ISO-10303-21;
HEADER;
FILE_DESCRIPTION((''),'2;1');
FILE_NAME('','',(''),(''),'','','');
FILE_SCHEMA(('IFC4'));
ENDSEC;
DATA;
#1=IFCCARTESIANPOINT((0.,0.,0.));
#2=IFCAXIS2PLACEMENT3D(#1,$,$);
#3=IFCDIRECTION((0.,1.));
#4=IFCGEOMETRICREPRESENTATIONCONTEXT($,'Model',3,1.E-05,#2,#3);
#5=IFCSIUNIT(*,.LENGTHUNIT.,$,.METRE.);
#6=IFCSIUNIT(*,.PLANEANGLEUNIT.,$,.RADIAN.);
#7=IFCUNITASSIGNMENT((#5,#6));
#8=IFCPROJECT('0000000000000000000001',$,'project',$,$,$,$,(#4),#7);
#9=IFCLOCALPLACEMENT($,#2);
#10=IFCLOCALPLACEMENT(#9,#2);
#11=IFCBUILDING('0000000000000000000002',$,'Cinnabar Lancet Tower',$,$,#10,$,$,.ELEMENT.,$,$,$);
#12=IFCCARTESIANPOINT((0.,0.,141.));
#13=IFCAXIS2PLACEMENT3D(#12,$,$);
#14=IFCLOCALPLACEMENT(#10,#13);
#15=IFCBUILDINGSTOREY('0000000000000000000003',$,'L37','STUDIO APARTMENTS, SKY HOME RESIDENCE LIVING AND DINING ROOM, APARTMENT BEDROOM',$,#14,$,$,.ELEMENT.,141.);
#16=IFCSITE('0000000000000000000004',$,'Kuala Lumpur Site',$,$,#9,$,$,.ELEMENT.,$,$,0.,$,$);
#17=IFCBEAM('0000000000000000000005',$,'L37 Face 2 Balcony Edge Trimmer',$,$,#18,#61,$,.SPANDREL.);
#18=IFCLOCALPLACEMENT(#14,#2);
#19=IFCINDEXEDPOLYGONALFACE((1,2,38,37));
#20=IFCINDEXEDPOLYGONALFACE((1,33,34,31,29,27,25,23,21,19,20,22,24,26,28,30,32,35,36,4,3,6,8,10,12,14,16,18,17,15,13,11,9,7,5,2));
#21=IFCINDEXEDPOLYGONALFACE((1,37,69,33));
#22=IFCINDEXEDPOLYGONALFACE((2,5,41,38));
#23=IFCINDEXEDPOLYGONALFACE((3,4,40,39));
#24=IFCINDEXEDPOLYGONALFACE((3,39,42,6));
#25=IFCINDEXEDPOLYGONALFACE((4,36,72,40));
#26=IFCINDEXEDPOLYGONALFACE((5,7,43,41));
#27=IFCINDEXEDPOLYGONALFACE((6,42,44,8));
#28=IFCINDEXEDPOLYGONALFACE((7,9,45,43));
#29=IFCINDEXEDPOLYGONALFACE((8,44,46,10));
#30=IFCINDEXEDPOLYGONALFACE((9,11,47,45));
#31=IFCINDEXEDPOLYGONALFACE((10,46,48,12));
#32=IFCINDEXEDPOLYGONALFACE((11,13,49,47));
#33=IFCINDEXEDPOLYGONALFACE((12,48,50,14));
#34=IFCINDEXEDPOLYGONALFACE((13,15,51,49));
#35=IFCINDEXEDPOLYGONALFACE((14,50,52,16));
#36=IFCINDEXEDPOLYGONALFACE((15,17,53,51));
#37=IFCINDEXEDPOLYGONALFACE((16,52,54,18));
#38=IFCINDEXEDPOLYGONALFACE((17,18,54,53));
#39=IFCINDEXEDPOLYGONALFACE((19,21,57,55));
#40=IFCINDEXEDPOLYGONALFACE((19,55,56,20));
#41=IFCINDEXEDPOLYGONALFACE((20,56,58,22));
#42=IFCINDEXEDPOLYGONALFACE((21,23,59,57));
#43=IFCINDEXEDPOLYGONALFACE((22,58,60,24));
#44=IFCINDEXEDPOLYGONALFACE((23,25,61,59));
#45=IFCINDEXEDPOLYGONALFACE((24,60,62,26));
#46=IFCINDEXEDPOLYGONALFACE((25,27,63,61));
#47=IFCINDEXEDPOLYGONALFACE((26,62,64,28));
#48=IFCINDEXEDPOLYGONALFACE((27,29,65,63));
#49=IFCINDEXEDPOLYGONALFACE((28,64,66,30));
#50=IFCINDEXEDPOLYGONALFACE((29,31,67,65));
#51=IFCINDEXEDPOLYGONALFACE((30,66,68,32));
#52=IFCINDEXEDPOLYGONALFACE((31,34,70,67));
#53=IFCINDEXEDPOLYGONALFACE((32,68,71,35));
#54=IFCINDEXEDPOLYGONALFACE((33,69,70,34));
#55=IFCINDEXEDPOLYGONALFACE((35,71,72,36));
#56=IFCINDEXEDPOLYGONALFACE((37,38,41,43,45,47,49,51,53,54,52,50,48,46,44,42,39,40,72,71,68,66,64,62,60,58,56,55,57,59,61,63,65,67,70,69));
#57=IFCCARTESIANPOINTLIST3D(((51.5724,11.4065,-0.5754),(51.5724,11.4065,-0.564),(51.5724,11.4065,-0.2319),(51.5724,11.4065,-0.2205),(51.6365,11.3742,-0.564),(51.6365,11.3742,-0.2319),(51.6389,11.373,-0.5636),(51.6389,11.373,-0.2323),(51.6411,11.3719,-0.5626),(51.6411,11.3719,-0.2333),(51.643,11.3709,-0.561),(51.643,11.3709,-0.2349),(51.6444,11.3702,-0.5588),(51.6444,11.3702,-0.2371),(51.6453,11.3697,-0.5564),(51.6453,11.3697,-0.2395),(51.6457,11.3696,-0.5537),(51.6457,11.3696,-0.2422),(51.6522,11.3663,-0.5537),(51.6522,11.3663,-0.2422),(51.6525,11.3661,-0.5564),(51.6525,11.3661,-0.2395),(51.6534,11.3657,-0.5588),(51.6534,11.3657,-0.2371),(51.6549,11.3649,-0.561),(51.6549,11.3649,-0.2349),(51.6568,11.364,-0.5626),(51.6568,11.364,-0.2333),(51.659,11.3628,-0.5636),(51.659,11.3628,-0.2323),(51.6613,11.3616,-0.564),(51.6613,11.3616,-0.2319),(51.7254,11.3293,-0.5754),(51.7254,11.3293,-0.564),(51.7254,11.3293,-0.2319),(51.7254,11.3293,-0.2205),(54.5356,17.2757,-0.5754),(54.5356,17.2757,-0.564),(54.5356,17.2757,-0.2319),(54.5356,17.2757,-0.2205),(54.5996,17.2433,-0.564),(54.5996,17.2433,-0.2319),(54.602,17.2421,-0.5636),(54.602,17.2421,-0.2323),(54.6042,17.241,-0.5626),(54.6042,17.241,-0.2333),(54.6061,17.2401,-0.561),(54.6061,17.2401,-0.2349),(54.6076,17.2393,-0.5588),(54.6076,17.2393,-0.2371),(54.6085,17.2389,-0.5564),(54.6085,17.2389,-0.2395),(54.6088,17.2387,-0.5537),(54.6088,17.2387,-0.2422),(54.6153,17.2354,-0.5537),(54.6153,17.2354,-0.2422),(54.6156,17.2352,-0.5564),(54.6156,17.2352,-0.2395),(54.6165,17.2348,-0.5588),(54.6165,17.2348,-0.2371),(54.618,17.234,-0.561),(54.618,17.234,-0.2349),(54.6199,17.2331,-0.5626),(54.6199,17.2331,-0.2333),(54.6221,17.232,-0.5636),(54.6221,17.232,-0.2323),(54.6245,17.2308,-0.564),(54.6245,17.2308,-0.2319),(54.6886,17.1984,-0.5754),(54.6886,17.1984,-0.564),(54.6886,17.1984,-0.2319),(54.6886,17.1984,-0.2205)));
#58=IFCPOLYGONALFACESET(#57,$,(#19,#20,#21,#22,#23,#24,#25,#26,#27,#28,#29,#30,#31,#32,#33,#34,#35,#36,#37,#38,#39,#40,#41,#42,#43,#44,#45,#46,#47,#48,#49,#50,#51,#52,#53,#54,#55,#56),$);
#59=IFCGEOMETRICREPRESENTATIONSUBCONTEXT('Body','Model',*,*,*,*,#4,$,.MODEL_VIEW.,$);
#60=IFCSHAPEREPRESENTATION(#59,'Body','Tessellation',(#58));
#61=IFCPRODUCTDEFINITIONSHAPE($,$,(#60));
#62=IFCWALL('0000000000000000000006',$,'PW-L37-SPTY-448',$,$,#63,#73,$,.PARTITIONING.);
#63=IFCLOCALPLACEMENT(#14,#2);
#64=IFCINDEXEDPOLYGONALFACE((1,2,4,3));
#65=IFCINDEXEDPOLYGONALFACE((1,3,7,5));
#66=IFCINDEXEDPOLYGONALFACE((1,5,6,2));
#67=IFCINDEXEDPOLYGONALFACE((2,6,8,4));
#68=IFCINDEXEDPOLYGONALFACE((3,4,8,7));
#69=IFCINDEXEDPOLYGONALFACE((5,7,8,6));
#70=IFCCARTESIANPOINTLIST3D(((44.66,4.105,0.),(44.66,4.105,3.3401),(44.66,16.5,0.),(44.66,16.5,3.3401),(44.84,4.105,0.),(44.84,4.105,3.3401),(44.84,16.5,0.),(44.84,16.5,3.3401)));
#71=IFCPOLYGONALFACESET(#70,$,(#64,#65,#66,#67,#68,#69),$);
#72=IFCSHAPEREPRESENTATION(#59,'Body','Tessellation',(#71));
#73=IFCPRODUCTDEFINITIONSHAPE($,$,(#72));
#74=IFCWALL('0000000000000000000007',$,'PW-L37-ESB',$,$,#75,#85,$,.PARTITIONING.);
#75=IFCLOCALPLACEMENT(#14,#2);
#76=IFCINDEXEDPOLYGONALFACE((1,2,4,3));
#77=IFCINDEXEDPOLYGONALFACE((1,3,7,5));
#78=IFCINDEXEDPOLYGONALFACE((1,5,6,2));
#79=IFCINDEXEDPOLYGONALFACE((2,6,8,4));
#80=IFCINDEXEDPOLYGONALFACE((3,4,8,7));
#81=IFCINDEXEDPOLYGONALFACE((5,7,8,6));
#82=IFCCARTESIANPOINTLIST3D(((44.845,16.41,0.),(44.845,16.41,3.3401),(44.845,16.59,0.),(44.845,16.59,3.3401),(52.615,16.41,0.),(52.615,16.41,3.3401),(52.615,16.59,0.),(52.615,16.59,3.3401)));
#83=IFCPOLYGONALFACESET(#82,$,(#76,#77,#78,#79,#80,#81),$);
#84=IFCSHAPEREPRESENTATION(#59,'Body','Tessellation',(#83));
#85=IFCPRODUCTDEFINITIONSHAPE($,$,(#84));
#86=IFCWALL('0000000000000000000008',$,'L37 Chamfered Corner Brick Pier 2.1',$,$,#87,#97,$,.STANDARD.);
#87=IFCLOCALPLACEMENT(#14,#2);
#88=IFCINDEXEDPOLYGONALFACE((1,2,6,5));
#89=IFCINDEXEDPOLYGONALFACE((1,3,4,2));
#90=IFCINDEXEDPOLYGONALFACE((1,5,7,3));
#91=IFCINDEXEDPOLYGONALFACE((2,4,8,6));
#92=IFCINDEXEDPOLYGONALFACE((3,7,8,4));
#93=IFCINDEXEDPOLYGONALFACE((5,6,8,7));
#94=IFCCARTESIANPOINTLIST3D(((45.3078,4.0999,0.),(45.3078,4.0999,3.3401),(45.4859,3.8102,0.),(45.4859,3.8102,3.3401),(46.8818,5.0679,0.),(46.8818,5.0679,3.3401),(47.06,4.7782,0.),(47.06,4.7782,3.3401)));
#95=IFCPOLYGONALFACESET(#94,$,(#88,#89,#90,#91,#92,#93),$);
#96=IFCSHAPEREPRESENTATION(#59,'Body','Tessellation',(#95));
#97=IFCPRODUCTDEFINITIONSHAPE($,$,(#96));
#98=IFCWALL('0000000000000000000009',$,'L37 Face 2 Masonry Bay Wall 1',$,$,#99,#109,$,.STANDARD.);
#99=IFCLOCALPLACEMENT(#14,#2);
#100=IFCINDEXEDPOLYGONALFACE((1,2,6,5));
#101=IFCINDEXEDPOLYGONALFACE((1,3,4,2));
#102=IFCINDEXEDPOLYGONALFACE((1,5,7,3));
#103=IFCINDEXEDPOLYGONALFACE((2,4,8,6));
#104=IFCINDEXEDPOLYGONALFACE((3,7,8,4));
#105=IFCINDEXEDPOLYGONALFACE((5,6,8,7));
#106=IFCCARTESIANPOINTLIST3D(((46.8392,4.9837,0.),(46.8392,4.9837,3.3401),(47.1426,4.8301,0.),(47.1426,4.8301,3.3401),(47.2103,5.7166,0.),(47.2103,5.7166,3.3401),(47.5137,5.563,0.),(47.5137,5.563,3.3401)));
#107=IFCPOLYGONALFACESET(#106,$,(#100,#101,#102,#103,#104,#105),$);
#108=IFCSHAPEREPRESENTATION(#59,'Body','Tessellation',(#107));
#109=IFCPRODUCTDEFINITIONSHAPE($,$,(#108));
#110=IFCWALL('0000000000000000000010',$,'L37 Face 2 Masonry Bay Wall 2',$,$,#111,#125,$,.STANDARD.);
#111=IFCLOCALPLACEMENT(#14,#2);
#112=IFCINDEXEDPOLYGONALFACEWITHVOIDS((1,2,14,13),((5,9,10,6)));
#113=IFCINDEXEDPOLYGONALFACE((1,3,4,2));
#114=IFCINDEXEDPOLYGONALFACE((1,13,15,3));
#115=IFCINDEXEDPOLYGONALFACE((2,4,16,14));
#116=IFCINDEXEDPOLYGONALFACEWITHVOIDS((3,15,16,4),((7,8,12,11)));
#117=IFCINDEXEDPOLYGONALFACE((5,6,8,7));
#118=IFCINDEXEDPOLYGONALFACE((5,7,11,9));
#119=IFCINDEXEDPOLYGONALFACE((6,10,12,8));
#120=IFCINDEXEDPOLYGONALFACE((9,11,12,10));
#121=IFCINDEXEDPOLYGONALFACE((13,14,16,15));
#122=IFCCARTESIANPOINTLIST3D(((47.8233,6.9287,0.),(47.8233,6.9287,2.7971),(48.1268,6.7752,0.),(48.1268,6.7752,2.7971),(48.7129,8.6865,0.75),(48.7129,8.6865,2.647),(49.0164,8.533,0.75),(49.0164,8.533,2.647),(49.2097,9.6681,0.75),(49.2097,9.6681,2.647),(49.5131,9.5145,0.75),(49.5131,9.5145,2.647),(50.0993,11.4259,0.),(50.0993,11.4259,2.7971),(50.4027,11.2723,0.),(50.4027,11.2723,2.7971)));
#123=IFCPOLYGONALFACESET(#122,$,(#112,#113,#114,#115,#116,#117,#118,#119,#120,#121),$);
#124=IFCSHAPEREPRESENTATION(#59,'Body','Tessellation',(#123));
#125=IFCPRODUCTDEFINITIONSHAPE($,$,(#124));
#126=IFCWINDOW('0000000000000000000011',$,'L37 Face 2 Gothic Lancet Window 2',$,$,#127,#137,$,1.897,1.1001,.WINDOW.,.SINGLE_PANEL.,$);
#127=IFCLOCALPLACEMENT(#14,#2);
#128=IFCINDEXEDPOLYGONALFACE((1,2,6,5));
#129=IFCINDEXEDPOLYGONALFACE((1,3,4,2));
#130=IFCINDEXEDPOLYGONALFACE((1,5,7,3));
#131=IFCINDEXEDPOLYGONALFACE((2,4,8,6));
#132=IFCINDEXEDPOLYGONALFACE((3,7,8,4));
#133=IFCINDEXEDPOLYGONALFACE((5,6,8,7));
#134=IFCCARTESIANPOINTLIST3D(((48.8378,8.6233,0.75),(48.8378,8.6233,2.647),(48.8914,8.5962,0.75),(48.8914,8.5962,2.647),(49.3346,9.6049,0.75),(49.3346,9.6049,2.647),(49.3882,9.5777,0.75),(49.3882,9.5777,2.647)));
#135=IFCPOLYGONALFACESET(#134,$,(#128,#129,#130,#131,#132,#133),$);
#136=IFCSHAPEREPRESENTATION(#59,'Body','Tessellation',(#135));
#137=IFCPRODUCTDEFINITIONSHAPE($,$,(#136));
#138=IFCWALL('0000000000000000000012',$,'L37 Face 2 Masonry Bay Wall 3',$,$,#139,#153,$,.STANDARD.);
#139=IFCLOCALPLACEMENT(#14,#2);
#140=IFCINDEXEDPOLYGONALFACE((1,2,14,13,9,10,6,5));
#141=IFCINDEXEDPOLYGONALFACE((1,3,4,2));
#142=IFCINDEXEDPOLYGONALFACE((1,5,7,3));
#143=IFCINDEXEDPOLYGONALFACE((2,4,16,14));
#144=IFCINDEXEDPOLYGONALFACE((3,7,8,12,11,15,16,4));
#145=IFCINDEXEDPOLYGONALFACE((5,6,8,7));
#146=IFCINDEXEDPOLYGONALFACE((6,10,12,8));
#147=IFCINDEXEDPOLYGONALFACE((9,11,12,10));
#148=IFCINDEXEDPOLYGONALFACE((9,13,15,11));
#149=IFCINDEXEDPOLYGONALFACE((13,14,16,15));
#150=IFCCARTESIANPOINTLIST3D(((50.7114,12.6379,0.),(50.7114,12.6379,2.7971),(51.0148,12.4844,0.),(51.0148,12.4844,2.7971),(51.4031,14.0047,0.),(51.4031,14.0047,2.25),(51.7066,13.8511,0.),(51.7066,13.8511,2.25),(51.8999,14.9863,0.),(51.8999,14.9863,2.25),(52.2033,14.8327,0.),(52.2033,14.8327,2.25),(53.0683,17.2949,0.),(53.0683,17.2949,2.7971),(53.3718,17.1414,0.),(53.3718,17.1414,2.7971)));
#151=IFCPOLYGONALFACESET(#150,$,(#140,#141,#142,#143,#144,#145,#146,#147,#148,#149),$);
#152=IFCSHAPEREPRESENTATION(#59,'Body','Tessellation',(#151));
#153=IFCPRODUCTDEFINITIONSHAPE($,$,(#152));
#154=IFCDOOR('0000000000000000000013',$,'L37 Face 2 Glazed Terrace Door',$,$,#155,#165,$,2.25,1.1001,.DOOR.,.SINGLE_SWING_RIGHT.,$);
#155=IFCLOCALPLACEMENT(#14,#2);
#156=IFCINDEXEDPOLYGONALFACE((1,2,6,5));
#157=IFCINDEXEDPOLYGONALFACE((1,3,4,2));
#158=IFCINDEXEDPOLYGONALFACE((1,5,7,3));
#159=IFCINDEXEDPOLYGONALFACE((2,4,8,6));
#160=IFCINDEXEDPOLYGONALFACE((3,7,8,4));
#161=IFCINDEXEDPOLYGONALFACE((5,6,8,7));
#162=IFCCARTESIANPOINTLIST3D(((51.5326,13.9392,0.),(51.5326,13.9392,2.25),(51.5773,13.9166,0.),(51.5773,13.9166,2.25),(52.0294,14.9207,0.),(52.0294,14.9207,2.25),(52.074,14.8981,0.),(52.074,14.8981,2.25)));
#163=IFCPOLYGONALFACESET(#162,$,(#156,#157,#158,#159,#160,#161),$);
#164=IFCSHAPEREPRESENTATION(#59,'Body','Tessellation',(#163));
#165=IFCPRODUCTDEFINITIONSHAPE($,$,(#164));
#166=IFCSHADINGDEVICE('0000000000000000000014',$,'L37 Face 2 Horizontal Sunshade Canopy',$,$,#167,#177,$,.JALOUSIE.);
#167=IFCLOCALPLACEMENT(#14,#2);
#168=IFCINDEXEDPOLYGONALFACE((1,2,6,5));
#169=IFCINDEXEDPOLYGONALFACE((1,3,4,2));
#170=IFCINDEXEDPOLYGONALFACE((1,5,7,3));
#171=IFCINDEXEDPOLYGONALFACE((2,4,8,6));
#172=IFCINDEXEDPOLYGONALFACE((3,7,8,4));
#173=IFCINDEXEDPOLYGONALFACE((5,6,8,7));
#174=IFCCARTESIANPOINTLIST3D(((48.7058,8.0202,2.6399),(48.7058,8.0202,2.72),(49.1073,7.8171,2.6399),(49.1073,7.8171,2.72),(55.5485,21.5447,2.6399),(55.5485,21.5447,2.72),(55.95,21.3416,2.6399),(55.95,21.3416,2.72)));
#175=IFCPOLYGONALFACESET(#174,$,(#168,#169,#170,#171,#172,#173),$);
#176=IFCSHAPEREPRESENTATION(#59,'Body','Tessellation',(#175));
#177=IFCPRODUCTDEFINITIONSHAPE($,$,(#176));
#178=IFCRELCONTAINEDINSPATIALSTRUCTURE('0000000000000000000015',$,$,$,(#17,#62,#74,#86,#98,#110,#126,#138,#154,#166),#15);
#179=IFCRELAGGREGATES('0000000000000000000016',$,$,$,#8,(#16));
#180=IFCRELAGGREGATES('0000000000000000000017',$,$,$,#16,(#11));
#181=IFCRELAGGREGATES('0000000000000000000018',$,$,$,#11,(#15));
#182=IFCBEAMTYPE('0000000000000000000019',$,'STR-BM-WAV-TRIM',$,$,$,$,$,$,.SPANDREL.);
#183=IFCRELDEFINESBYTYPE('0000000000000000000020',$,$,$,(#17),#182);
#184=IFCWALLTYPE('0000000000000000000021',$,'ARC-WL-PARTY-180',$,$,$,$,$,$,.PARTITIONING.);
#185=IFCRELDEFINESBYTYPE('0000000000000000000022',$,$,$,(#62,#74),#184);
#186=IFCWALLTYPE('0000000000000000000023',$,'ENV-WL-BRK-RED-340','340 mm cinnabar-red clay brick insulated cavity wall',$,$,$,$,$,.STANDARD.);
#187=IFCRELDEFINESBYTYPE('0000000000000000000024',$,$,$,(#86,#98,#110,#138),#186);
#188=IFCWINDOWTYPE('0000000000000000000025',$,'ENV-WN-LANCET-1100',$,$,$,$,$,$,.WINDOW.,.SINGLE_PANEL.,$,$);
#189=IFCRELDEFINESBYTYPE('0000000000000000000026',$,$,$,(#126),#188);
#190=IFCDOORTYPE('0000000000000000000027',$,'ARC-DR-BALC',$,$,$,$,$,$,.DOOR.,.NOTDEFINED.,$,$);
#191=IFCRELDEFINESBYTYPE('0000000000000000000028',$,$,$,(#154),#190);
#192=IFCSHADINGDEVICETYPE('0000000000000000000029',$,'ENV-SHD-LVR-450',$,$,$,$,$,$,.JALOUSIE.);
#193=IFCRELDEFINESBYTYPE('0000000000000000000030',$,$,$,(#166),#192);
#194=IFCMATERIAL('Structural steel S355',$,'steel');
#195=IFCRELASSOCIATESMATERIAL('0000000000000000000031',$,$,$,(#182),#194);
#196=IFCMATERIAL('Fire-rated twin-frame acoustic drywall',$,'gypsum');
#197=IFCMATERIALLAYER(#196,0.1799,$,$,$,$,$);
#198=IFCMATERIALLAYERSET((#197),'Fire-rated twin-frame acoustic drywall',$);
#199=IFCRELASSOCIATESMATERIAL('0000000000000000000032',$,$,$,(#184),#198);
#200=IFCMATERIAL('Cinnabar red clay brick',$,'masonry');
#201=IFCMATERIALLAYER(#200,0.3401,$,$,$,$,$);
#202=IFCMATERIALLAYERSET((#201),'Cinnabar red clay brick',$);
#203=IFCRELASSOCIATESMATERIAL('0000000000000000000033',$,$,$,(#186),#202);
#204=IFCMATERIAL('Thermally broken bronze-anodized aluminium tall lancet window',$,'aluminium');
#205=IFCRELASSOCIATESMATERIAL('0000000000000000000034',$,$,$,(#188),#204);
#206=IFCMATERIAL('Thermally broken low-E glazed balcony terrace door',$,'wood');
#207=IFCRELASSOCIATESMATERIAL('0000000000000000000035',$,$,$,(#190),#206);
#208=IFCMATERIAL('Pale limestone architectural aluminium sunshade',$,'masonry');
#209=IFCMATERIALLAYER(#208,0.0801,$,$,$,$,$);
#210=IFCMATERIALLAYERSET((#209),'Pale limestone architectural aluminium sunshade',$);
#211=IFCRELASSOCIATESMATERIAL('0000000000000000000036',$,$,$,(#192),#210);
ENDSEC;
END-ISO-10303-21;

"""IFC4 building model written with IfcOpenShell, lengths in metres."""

from ifc_helpers import new_model, si_unit, direction, frame, frame_2d, origin, origin_2d, place, context, subcontext, project, spatial, rectangle, i_section, extrude, material, layer, layer_set, material_profile, profile_set, type_object, element, fill, save


model = new_model("IFC4")

# Units and contexts
model_context = context("Model", 3, precision=1e-05, world=origin(), true_north=direction((0.0, 1.0)))
body_context = subcontext(model_context, "Body", "Model", "MODEL_VIEW")
ifc_project = project(units=[si_unit("LENGTHUNIT", "METRE"), si_unit("PLANEANGLEUNIT", "RADIAN")], contexts=[model_context])

# Site, building, storey
site_placement = place(None, origin())
site = spatial("IfcSite", under=ifc_project, at=site_placement, Name="Kuala Lumpur Site", CompositionType="ELEMENT", RefElevation=0.0)
building_placement = place(site_placement, origin())
building = spatial("IfcBuilding", under=site, at=building_placement, Name="Cinnabar Lancet Tower", CompositionType="ELEMENT")
storey_placement = place(building_placement, frame((0.0, 0.0, 141.0)))
storey = spatial("IfcBuildingStorey", under=building, at=storey_placement, Name="L37", Description="STUDIO APARTMENTS, SKY HOME RESIDENCE LIVING AND DINING ROOM, APARTMENT BEDROOM", CompositionType="ELEMENT", Elevation=141.0)

# Beam
ifc_material_1 = material(Name="Structural steel S355", Category="steel")
ifc_material_profile_1 = material_profile(ifc_material_1, i_section(OverallWidth=0.1714, OverallDepth=0.355, WebThickness=0.0073, FlangeThickness=0.0115, FilletRadius=0.0103, at=origin_2d()), Name="UKB 356x171x51")
ifc_profile_set_1 = profile_set([ifc_material_profile_1], Name="Structural steel S355")
beam_type_1 = type_object("IfcBeamType", Name="STR-BM-WAV-TRIM", PredefinedType="SPANDREL", material=ifc_profile_set_1)
beam_1_placement = place(storey_placement, frame((51.6489, 11.3679, -0.3979), z_axis=(0.450686, 0.892683, 0.0), x_axis=(-0.892683, 0.450686, 0.0)))
element("IfcBeam", 1, at=beam_1_placement, inside=storey, type_object=beam_type_1, Name="L37 Face 2 Balcony Edge Trimmer", PredefinedType="SPANDREL", context=body_context, shape_type="SweptSolid", body=[
    extrude(i_section(OverallWidth=0.1714, OverallDepth=0.355, WebThickness=0.0073, FlangeThickness=0.0115, FilletRadius=0.0103, at=origin_2d()), origin(), (0.0, 0.0, 1.0), 6.5747),
])

# Walls
ifc_material_2 = material(Name="Fire-rated twin-frame acoustic drywall", Category="gypsum")
ifc_layer_1 = layer(ifc_material_2, 0.1799)
ifc_layer_set_1 = layer_set([ifc_layer_1], Name="Fire-rated twin-frame acoustic drywall")
wall_type_1 = type_object("IfcWallType", Name="ARC-WL-PARTY-180", PredefinedType="PARTITIONING", material=ifc_layer_set_1)
wall_1_placement = place(storey_placement, frame((44.75, 4.105, 0.0), z_axis=(0.0, 0.0, 1.0), x_axis=(0.0, 1.0, 0.0)))
element("IfcWall", 2, at=wall_1_placement, inside=storey, type_object=wall_type_1, Name="PW-L37-SPTY-448", PredefinedType="PARTITIONING", context=body_context, shape_type="SweptSolid", body=[
    extrude(rectangle(XDim=12.395, YDim=0.1799, at=frame_2d((6.1975, 0.0))), origin(), (0.0, 0.0, 1.0), 3.3401),
])
wall_2_placement = place(storey_placement, frame((44.845, 16.5, 0.0), z_axis=(0.0, 0.0, 1.0), x_axis=(1.0, 0.0, 0.0)))
element("IfcWall", 3, at=wall_2_placement, inside=storey, type_object=wall_type_1, Name="PW-L37-ESB", PredefinedType="PARTITIONING", context=body_context, shape_type="SweptSolid", body=[
    extrude(rectangle(XDim=7.77, YDim=0.1799, at=frame_2d((3.885, 0.0))), origin(), (0.0, 0.0, 1.0), 3.3401),
])
ifc_material_3 = material(Name="Cinnabar red clay brick", Category="masonry")
ifc_layer_2 = layer(ifc_material_3, 0.3401)
ifc_layer_set_2 = layer_set([ifc_layer_2], Name="Cinnabar red clay brick")
wall_type_2 = type_object("IfcWallType", Name="ENV-WL-BRK-RED-340", Description="340 mm cinnabar-red clay brick insulated cavity wall", PredefinedType="STANDARD", material=ifc_layer_set_2)
wall_3_placement = place(storey_placement, frame((45.397, 3.9551, 0.0), z_axis=(0.0, 0.0, 1.0), x_axis=(0.851799, 0.523869, 0.0)))
element("IfcWall", 4, at=wall_3_placement, inside=storey, type_object=wall_type_2, Name="L37 Chamfered Corner Brick Pier 2.1", PredefinedType="STANDARD", context=body_context, shape_type="SweptSolid", body=[
    extrude(rectangle(XDim=1.8479, YDim=0.3401, at=frame_2d((0.9238, 0.0))), origin(), (0.0, 0.0, 1.0), 3.3401),
])
wall_4_placement = place(storey_placement, frame((46.991, 4.907, 0.0), z_axis=(0.0, 0.0, 1.0), x_axis=(0.451725, 0.892157, 0.0)))
element("IfcWall", 5, at=wall_4_placement, inside=storey, type_object=wall_type_2, Name="L37 Face 2 Masonry Bay Wall 1", PredefinedType="STANDARD", context=body_context, shape_type="SweptSolid", body=[
    extrude(rectangle(XDim=0.8215, YDim=0.3401, at=frame_2d((0.4106, 0.0))), origin(), (0.0, 0.0, 1.0), 3.3401),
])

# Wall, opening, window
wall_5_placement = place(storey_placement, frame((47.9751, 6.8521, 0.0), z_axis=(0.0, 0.0, 1.0), x_axis=(0.451548, 0.892247, 0.0)))
wall_5 = element("IfcWall", 6, at=wall_5_placement, inside=storey, type_object=wall_type_2, Name="L37 Face 2 Masonry Bay Wall 2", PredefinedType="STANDARD", context=body_context, shape_type="SweptSolid", body=[
    extrude(rectangle(XDim=5.0403, YDim=0.3401, at=frame_2d((2.52, 0.0))), origin(), (0.0, 0.0, 1.0), 2.7971),
])
opening_1_placement = place(wall_5_placement, frame((1.97, 0.0, 0.75)))
opening_1 = element("IfcOpeningElement", 7, at=opening_1_placement, cuts=wall_5, PredefinedType="OPENING", context=body_context, shape_type="SweptSolid", body=[
    extrude(rectangle(XDim=1.1001, YDim=1.897, at=frame_2d((0.55, 0.9485))), frame((0.0, 0.1799, 0.0), z_axis=(0.0, -1.0, 0.0), x_axis=(1.0, 0.0, 0.0)), (0.0, 0.0, 1.0), 0.3601),
])
ifc_material_4 = material(Name="Thermally broken bronze-anodized aluminium tall lancet window", Category="aluminium")
window_type = type_object("IfcWindowType", Name="ENV-WN-LANCET-1100", PartitioningType="SINGLE_PANEL", PredefinedType="WINDOW", material=ifc_material_4)
window_placement = place(opening_1_placement, origin())
window = element("IfcWindow", 8, at=window_placement, inside=storey, type_object=window_type, Name="L37 Face 2 Gothic Lancet Window 2", OverallHeight=1.897, OverallWidth=1.1001, PartitioningType="SINGLE_PANEL", PredefinedType="WINDOW", context=body_context, shape_type="SweptSolid", body=[
    extrude(rectangle(XDim=1.1001, YDim=1.897, at=frame_2d((0.55, 0.9485))), frame((0.0, 0.03, 0.0), z_axis=(0.0, -1.0, 0.0), x_axis=(1.0, 0.0, 0.0)), (0.0, 0.0, 1.0), 0.0601),
])
fill(opening_1, window)

# Wall, opening, door
wall_6_placement = place(storey_placement, frame((50.863, 12.561, 0.0), z_axis=(0.0, 0.0, 1.0), x_axis=(0.451568, 0.892237, 0.0)))
wall_6 = element("IfcWall", 9, at=wall_6_placement, inside=storey, type_object=wall_type_2, Name="L37 Face 2 Masonry Bay Wall 3", PredefinedType="STANDARD", context=body_context, shape_type="SweptSolid", body=[
    extrude(rectangle(XDim=5.2195, YDim=0.3401, at=frame_2d((2.6099, 0.0))), origin(), (0.0, 0.0, 1.0), 2.7971),
])
opening_2_placement = place(wall_6_placement, frame((1.532, 0.0, 0.0)))
opening_2 = element("IfcOpeningElement", 10, at=opening_2_placement, cuts=wall_6, PredefinedType="OPENING", context=body_context, shape_type="SweptSolid", body=[
    extrude(rectangle(XDim=1.1001, YDim=2.25, at=frame_2d((0.55, 1.125))), frame((0.0, 0.1799, 0.0), z_axis=(0.0, -1.0, 0.0), x_axis=(1.0, 0.0, 0.0)), (0.0, 0.0, 1.0), 0.3601),
])
ifc_material_5 = material(Name="Thermally broken low-E glazed balcony terrace door", Category="wood")
door_type = type_object("IfcDoorType", Name="ARC-DR-BALC", OperationType="NOTDEFINED", PredefinedType="DOOR", material=ifc_material_5)
door_placement = place(opening_2_placement, origin())
door = element("IfcDoor", 11, at=door_placement, inside=storey, type_object=door_type, Name="L37 Face 2 Glazed Terrace Door", OperationType="SINGLE_SWING_RIGHT", OverallHeight=2.25, OverallWidth=1.1001, PredefinedType="DOOR", context=body_context, shape_type="SweptSolid", body=[
    extrude(rectangle(XDim=1.1001, YDim=2.25, at=frame_2d((0.55, 1.125))), frame((0.0, 0.0249, 0.0), z_axis=(0.0, -1.0, 0.0), x_axis=(1.0, 0.0, 0.0)), (0.0, 0.0, 1.0), 0.05),
])
fill(opening_2, door)

# Shading device
ifc_material_6 = material(Name="Pale limestone architectural aluminium sunshade", Category="masonry")
ifc_layer_3 = layer(ifc_material_6, 0.0801)
ifc_layer_set_3 = layer_set([ifc_layer_3], Name="Pale limestone architectural aluminium sunshade")
shading_device_type = type_object("IfcShadingDeviceType", Name="ENV-SHD-LVR-450", PredefinedType="JALOUSIE", material=ifc_layer_set_3)
shading_device_placement = place(storey_placement, frame((52.3279, 14.6809, 2.6399), z_axis=(0.0, 0.0, 1.0), x_axis=(0.451454, 0.892294, 0.0)))
element("IfcShadingDevice", 12, at=shading_device_placement, inside=storey, type_object=shading_device_type, Name="L37 Face 2 Horizontal Sunshade Canopy", PredefinedType="JALOUSIE", context=body_context, shape_type="SweptSolid", body=[
    extrude(rectangle(XDim=15.157, YDim=0.45, at=origin_2d()), origin(), (0.0, 0.0, 1.0), 0.0801),
])

save(model, "model.ifc")
